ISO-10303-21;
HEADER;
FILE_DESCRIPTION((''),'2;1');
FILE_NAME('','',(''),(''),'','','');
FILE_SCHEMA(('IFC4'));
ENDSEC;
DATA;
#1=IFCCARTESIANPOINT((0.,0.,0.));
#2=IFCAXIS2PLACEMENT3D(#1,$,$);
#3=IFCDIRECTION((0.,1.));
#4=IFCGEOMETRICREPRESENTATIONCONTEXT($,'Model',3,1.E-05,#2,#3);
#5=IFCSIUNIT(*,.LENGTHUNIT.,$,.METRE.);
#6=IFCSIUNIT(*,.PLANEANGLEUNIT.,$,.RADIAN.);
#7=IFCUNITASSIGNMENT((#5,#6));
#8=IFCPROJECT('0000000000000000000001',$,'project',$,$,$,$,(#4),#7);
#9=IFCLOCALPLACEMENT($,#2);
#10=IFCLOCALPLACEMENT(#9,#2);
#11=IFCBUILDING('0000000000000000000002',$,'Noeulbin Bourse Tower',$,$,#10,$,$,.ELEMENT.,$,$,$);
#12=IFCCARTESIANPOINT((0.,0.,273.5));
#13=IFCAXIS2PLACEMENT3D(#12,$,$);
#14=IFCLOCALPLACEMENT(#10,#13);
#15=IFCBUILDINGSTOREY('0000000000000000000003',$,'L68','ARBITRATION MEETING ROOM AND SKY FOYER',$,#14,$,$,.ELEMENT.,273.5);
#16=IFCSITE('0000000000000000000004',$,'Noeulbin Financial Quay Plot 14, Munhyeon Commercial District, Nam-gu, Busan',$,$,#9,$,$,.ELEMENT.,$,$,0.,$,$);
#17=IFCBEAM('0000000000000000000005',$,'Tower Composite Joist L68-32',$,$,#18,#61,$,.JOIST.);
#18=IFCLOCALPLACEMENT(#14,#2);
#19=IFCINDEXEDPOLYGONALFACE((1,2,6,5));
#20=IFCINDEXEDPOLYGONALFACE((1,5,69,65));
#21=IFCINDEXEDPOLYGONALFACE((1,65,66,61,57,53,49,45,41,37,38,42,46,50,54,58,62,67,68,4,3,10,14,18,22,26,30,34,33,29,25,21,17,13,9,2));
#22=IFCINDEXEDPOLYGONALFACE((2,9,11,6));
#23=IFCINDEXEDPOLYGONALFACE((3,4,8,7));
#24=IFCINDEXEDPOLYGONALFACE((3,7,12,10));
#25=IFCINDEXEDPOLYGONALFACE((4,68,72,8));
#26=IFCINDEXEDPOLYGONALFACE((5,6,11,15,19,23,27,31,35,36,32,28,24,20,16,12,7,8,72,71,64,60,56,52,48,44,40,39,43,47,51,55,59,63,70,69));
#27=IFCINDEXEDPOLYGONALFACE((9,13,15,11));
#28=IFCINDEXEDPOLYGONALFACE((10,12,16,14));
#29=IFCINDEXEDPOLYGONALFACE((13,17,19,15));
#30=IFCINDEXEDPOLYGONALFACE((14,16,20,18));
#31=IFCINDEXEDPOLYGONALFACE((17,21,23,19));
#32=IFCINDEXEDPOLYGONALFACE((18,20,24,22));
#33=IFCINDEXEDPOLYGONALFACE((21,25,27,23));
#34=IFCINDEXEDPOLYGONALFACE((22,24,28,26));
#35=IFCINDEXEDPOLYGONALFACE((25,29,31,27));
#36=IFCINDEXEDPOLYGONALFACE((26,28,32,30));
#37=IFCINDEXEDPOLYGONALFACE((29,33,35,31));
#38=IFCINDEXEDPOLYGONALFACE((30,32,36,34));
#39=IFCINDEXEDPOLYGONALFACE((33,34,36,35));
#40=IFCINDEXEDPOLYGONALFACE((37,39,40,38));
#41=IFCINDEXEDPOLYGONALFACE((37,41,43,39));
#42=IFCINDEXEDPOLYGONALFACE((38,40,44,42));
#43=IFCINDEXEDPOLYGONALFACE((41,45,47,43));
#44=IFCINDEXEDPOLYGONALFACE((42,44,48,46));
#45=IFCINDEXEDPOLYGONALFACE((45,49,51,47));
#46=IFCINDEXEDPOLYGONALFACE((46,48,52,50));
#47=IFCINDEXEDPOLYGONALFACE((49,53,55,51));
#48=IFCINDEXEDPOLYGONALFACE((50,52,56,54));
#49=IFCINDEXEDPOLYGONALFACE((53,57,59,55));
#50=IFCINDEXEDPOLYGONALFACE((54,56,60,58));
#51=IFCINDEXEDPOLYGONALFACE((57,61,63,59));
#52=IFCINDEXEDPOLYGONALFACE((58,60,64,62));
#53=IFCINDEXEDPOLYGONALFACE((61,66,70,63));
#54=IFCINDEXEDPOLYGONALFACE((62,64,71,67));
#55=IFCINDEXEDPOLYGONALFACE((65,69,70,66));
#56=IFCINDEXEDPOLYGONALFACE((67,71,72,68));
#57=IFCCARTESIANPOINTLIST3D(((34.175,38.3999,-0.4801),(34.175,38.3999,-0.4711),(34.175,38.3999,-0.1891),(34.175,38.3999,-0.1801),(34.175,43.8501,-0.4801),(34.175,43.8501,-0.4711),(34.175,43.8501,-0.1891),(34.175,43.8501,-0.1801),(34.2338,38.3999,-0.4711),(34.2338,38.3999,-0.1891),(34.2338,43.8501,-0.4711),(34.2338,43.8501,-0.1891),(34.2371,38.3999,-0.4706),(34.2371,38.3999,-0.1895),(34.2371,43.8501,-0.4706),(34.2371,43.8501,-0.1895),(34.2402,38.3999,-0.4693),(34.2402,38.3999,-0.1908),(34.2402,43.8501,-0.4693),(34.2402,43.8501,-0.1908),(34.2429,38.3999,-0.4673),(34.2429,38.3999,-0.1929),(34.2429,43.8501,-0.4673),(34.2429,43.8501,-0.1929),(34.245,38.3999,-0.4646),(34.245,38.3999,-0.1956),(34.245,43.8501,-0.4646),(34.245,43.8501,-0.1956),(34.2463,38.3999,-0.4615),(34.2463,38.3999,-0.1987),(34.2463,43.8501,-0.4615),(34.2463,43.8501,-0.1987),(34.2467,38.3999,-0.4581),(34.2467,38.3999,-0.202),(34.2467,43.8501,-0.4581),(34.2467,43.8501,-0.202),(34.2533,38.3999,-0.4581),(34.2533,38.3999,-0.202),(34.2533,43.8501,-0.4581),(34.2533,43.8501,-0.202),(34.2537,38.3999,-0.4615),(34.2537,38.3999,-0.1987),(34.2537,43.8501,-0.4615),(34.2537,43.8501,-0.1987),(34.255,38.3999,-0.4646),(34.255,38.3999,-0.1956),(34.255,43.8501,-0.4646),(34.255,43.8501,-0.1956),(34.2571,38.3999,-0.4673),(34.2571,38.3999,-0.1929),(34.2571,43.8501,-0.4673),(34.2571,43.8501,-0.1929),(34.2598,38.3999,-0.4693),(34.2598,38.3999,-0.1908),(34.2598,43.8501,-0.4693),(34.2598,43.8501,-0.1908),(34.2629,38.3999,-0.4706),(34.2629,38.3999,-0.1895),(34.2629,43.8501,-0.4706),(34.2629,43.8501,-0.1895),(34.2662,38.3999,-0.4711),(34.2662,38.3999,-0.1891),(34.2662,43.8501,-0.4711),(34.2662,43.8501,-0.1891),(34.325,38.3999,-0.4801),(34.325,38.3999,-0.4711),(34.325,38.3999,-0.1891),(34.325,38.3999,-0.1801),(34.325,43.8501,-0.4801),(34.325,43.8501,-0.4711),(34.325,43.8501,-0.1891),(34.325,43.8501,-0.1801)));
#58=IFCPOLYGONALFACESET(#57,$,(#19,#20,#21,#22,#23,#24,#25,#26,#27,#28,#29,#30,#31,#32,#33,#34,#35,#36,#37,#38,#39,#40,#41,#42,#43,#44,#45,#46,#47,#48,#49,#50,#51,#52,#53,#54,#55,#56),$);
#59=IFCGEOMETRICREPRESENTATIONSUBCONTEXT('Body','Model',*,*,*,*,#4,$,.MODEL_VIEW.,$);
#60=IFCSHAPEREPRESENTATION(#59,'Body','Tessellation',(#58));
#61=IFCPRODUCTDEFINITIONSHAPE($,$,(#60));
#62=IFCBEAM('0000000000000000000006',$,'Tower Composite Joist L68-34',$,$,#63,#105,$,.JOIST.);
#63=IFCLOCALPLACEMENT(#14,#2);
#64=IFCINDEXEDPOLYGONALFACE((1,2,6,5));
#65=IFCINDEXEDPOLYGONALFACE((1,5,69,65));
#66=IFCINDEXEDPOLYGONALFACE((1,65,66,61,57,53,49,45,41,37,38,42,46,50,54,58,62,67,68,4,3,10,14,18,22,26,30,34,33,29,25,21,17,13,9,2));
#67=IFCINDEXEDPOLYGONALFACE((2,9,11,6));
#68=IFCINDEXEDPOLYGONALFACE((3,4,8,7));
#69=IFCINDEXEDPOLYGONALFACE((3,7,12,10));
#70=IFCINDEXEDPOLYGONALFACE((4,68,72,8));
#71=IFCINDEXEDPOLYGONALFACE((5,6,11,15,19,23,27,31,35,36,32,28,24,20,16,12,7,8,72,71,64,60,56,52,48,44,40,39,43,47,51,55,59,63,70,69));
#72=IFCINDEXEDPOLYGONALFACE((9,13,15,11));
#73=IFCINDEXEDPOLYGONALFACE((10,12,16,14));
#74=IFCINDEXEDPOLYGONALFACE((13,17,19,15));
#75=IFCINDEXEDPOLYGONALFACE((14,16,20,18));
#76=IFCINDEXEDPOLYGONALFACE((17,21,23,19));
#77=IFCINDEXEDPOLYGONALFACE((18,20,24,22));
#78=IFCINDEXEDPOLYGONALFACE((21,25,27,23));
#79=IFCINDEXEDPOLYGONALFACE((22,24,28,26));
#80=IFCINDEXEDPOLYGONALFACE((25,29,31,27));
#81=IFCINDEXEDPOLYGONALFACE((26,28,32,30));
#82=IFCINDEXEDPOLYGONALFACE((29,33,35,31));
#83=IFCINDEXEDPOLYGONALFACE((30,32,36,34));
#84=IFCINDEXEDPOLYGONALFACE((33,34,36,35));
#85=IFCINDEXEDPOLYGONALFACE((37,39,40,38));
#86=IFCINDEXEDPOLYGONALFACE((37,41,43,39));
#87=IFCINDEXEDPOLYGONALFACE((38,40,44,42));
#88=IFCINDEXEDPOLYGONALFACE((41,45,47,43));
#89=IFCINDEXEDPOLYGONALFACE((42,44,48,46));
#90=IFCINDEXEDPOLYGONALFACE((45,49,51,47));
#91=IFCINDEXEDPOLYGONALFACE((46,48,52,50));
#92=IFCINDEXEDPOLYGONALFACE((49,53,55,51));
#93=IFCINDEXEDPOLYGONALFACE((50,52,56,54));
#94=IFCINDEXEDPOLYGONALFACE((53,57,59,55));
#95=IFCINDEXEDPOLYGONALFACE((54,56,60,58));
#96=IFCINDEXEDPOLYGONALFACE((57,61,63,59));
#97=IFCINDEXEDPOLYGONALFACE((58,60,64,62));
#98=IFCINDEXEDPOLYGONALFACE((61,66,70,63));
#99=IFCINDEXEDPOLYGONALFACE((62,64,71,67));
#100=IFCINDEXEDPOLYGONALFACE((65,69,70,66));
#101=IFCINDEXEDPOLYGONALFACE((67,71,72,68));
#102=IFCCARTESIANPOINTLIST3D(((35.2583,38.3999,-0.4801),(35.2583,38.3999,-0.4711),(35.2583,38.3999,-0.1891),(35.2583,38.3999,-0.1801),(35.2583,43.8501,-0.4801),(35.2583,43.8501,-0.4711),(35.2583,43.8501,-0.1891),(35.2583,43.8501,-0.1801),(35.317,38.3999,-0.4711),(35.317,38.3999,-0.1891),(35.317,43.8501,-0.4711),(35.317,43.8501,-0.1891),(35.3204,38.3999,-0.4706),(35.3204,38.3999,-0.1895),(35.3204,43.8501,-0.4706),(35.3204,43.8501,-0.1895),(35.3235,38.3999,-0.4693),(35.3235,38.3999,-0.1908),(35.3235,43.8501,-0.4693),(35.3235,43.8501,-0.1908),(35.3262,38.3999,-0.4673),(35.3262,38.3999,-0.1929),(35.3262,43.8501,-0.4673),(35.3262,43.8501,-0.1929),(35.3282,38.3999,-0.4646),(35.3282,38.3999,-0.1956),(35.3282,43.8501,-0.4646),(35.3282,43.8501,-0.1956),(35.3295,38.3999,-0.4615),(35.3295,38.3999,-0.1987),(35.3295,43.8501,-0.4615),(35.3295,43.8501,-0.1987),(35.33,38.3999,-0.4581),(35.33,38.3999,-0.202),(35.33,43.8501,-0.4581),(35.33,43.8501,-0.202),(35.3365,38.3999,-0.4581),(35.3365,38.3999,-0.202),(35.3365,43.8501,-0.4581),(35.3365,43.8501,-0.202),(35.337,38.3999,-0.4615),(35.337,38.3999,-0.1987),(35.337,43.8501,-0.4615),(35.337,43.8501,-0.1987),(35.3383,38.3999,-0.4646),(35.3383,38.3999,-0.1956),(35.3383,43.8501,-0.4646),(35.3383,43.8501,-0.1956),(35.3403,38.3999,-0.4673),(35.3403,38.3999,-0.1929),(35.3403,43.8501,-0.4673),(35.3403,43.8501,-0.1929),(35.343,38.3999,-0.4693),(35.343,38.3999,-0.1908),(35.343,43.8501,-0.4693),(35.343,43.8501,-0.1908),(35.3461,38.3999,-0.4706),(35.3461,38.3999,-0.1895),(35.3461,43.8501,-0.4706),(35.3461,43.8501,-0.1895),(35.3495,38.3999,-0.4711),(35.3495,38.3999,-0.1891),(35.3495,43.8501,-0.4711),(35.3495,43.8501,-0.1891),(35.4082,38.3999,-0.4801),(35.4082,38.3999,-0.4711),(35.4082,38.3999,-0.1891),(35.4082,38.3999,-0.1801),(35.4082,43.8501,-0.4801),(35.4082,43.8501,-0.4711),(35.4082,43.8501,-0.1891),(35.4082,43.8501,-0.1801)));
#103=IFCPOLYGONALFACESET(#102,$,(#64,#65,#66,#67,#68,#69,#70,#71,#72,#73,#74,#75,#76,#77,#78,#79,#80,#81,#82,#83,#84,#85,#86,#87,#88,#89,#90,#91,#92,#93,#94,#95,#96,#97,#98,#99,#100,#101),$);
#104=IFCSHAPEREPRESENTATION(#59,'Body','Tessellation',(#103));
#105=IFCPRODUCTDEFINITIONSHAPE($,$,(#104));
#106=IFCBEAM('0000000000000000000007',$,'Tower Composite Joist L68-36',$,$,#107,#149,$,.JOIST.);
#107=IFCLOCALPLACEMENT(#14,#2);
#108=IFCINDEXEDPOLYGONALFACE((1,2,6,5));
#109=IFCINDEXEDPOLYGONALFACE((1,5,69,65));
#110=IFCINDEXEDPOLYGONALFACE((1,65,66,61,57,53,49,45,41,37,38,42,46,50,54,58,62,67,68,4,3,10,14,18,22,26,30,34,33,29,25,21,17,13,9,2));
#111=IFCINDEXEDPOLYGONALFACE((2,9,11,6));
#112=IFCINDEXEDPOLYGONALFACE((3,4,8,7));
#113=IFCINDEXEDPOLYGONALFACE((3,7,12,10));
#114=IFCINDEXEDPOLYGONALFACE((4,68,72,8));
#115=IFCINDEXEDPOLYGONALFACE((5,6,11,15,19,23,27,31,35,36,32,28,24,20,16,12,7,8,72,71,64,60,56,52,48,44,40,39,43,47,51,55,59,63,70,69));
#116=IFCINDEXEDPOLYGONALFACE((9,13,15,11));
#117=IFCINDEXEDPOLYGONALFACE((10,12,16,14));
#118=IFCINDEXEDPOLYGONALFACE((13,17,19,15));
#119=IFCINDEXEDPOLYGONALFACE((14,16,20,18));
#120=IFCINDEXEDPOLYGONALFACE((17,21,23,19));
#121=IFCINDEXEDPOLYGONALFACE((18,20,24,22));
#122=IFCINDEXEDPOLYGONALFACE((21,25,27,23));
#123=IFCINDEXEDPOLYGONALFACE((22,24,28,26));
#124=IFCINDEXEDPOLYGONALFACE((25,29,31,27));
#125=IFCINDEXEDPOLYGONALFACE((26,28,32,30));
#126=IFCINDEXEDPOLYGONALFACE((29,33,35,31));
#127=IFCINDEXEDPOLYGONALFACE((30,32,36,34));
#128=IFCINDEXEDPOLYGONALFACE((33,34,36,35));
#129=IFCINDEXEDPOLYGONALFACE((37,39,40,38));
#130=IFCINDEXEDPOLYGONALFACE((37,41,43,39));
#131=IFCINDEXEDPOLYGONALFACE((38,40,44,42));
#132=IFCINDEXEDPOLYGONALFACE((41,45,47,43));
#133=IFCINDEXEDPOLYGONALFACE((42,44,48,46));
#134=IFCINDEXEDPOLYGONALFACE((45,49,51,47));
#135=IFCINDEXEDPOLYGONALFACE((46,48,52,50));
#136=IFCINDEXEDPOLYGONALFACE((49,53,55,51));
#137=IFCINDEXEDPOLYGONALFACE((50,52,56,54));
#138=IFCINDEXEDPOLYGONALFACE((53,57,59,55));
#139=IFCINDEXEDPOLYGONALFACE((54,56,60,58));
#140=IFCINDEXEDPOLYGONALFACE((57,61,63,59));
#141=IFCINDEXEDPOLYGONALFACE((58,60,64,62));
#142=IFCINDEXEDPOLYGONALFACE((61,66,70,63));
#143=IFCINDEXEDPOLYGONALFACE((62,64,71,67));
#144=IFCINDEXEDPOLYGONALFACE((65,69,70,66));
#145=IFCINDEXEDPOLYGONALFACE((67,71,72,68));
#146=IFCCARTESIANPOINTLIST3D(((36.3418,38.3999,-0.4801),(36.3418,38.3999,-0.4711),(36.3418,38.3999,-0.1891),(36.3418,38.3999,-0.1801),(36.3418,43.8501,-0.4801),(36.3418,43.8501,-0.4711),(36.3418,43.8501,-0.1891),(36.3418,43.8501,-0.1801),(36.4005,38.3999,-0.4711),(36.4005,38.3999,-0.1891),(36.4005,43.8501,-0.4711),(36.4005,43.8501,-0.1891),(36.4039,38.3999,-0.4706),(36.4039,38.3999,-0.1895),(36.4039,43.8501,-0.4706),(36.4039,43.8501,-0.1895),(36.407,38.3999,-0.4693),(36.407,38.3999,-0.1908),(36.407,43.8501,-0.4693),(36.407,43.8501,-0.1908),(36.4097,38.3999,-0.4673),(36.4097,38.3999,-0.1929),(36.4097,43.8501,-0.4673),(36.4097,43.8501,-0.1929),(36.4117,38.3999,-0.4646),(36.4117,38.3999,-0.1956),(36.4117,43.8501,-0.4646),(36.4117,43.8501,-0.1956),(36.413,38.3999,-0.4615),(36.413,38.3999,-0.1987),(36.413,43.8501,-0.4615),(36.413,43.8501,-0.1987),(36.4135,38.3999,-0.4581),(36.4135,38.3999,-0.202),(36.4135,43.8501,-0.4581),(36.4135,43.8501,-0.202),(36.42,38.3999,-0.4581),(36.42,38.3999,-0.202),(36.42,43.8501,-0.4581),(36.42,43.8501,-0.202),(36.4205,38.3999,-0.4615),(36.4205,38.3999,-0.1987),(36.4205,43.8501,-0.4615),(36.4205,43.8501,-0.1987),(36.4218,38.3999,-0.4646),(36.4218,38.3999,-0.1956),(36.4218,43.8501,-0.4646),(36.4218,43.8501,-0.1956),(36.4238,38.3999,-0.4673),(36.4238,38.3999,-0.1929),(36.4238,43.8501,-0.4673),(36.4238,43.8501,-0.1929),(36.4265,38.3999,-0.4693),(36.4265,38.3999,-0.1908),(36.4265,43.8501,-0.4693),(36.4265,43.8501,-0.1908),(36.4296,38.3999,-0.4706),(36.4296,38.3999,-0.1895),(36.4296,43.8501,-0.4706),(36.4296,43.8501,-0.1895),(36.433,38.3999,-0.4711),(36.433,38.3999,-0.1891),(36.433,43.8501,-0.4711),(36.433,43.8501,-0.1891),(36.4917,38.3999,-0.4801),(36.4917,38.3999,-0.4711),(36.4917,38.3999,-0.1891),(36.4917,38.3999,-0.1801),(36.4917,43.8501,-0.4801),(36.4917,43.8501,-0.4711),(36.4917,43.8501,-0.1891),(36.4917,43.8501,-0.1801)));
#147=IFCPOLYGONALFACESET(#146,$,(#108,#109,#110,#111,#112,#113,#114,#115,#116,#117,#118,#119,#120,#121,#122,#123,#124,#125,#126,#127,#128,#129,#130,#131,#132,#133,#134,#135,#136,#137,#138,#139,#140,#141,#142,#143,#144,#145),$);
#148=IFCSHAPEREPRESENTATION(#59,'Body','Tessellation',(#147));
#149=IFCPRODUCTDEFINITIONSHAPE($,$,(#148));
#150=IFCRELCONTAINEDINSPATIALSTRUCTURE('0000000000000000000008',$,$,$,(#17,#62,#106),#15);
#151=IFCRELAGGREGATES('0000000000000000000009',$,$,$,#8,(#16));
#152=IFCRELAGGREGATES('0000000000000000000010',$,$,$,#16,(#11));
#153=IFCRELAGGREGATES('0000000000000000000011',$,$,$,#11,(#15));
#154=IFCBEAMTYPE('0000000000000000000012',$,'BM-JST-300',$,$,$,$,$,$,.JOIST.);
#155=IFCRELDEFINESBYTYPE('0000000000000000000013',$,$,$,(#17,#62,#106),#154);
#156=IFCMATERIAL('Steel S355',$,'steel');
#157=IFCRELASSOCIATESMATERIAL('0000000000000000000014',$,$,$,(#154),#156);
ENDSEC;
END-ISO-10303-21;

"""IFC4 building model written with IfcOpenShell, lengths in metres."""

from ifc_helpers import new_model, si_unit, direction, frame, origin, origin_2d, place, context, subcontext, project, spatial, i_section, extrude, material, material_profile, profile_set, type_object, element, save


model = new_model("IFC4")

# Units and contexts
model_context = context("Model", 3, precision=1e-05, world=origin(), true_north=direction((0.0, 1.0)))
body_context = subcontext(model_context, "Body", "Model", "MODEL_VIEW")
ifc_project = project(units=[si_unit("LENGTHUNIT", "METRE"), si_unit("PLANEANGLEUNIT", "RADIAN")], contexts=[model_context])

# Site, building, storey
site_placement = place(None, origin())
site = spatial("IfcSite", under=ifc_project, at=site_placement, Name="Noeulbin Financial Quay Plot 14, Munhyeon Commercial District, Nam-gu, Busan", CompositionType="ELEMENT", RefElevation=0.0)
building_placement = place(site_placement, origin())
building = spatial("IfcBuilding", under=site, at=building_placement, Name="Noeulbin Bourse Tower", CompositionType="ELEMENT")
storey_placement = place(building_placement, frame((0.0, 0.0, 273.5)))
storey = spatial("IfcBuildingStorey", under=building, at=storey_placement, Name="L68", Description="ARBITRATION MEETING ROOM AND SKY FOYER", CompositionType="ELEMENT", Elevation=273.5)

# Shared definitions
ifc_material_1 = material(Name="Steel S355", Category="steel")

# Beams
ifc_material_profile_1 = material_profile(ifc_material_1, i_section(OverallWidth=0.1499, OverallDepth=0.3, WebThickness=0.0066, FlangeThickness=0.009, FilletRadius=0.0129, at=origin_2d()), Name="H-300x150x6.5x9", Category="LoadBearing")
ifc_profile_set_1 = profile_set([ifc_material_profile_1], Name="Steel S355")
beam_type = type_object("IfcBeamType", Name="BM-JST-300", PredefinedType="JOIST", material=ifc_profile_set_1)
for number, where, z_axis, x_axis, name in (
    (1, (34.25, 38.3999, -0.3301), (0.0, 1.0, 0.0), (-1.0, 0.0, 0.0), "Tower Composite Joist L68-32"),
    (2, (35.3333, 38.3999, -0.3301), (0.0, 1.0, 0.0), (-1.0, 0.0, 0.0), "Tower Composite Joist L68-34"),
    (3, (36.4167, 38.3999, -0.3301), (0.0, 1.0, 0.0), (-1.0, 0.0, 0.0), "Tower Composite Joist L68-36"),
):
    element("IfcBeam", number, at=place(storey_placement, frame(where, z_axis=z_axis, x_axis=x_axis)), inside=storey, type_object=beam_type, Name=name, PredefinedType="JOIST", context=body_context, shape_type="SweptSolid", body=[
        extrude(i_section(OverallWidth=0.1499, OverallDepth=0.3, WebThickness=0.0066, FlangeThickness=0.009, FilletRadius=0.0129, at=origin_2d()), origin(), (0.0, 0.0, 1.0), 5.4502),
    ])

save(model, "model.ifc")
